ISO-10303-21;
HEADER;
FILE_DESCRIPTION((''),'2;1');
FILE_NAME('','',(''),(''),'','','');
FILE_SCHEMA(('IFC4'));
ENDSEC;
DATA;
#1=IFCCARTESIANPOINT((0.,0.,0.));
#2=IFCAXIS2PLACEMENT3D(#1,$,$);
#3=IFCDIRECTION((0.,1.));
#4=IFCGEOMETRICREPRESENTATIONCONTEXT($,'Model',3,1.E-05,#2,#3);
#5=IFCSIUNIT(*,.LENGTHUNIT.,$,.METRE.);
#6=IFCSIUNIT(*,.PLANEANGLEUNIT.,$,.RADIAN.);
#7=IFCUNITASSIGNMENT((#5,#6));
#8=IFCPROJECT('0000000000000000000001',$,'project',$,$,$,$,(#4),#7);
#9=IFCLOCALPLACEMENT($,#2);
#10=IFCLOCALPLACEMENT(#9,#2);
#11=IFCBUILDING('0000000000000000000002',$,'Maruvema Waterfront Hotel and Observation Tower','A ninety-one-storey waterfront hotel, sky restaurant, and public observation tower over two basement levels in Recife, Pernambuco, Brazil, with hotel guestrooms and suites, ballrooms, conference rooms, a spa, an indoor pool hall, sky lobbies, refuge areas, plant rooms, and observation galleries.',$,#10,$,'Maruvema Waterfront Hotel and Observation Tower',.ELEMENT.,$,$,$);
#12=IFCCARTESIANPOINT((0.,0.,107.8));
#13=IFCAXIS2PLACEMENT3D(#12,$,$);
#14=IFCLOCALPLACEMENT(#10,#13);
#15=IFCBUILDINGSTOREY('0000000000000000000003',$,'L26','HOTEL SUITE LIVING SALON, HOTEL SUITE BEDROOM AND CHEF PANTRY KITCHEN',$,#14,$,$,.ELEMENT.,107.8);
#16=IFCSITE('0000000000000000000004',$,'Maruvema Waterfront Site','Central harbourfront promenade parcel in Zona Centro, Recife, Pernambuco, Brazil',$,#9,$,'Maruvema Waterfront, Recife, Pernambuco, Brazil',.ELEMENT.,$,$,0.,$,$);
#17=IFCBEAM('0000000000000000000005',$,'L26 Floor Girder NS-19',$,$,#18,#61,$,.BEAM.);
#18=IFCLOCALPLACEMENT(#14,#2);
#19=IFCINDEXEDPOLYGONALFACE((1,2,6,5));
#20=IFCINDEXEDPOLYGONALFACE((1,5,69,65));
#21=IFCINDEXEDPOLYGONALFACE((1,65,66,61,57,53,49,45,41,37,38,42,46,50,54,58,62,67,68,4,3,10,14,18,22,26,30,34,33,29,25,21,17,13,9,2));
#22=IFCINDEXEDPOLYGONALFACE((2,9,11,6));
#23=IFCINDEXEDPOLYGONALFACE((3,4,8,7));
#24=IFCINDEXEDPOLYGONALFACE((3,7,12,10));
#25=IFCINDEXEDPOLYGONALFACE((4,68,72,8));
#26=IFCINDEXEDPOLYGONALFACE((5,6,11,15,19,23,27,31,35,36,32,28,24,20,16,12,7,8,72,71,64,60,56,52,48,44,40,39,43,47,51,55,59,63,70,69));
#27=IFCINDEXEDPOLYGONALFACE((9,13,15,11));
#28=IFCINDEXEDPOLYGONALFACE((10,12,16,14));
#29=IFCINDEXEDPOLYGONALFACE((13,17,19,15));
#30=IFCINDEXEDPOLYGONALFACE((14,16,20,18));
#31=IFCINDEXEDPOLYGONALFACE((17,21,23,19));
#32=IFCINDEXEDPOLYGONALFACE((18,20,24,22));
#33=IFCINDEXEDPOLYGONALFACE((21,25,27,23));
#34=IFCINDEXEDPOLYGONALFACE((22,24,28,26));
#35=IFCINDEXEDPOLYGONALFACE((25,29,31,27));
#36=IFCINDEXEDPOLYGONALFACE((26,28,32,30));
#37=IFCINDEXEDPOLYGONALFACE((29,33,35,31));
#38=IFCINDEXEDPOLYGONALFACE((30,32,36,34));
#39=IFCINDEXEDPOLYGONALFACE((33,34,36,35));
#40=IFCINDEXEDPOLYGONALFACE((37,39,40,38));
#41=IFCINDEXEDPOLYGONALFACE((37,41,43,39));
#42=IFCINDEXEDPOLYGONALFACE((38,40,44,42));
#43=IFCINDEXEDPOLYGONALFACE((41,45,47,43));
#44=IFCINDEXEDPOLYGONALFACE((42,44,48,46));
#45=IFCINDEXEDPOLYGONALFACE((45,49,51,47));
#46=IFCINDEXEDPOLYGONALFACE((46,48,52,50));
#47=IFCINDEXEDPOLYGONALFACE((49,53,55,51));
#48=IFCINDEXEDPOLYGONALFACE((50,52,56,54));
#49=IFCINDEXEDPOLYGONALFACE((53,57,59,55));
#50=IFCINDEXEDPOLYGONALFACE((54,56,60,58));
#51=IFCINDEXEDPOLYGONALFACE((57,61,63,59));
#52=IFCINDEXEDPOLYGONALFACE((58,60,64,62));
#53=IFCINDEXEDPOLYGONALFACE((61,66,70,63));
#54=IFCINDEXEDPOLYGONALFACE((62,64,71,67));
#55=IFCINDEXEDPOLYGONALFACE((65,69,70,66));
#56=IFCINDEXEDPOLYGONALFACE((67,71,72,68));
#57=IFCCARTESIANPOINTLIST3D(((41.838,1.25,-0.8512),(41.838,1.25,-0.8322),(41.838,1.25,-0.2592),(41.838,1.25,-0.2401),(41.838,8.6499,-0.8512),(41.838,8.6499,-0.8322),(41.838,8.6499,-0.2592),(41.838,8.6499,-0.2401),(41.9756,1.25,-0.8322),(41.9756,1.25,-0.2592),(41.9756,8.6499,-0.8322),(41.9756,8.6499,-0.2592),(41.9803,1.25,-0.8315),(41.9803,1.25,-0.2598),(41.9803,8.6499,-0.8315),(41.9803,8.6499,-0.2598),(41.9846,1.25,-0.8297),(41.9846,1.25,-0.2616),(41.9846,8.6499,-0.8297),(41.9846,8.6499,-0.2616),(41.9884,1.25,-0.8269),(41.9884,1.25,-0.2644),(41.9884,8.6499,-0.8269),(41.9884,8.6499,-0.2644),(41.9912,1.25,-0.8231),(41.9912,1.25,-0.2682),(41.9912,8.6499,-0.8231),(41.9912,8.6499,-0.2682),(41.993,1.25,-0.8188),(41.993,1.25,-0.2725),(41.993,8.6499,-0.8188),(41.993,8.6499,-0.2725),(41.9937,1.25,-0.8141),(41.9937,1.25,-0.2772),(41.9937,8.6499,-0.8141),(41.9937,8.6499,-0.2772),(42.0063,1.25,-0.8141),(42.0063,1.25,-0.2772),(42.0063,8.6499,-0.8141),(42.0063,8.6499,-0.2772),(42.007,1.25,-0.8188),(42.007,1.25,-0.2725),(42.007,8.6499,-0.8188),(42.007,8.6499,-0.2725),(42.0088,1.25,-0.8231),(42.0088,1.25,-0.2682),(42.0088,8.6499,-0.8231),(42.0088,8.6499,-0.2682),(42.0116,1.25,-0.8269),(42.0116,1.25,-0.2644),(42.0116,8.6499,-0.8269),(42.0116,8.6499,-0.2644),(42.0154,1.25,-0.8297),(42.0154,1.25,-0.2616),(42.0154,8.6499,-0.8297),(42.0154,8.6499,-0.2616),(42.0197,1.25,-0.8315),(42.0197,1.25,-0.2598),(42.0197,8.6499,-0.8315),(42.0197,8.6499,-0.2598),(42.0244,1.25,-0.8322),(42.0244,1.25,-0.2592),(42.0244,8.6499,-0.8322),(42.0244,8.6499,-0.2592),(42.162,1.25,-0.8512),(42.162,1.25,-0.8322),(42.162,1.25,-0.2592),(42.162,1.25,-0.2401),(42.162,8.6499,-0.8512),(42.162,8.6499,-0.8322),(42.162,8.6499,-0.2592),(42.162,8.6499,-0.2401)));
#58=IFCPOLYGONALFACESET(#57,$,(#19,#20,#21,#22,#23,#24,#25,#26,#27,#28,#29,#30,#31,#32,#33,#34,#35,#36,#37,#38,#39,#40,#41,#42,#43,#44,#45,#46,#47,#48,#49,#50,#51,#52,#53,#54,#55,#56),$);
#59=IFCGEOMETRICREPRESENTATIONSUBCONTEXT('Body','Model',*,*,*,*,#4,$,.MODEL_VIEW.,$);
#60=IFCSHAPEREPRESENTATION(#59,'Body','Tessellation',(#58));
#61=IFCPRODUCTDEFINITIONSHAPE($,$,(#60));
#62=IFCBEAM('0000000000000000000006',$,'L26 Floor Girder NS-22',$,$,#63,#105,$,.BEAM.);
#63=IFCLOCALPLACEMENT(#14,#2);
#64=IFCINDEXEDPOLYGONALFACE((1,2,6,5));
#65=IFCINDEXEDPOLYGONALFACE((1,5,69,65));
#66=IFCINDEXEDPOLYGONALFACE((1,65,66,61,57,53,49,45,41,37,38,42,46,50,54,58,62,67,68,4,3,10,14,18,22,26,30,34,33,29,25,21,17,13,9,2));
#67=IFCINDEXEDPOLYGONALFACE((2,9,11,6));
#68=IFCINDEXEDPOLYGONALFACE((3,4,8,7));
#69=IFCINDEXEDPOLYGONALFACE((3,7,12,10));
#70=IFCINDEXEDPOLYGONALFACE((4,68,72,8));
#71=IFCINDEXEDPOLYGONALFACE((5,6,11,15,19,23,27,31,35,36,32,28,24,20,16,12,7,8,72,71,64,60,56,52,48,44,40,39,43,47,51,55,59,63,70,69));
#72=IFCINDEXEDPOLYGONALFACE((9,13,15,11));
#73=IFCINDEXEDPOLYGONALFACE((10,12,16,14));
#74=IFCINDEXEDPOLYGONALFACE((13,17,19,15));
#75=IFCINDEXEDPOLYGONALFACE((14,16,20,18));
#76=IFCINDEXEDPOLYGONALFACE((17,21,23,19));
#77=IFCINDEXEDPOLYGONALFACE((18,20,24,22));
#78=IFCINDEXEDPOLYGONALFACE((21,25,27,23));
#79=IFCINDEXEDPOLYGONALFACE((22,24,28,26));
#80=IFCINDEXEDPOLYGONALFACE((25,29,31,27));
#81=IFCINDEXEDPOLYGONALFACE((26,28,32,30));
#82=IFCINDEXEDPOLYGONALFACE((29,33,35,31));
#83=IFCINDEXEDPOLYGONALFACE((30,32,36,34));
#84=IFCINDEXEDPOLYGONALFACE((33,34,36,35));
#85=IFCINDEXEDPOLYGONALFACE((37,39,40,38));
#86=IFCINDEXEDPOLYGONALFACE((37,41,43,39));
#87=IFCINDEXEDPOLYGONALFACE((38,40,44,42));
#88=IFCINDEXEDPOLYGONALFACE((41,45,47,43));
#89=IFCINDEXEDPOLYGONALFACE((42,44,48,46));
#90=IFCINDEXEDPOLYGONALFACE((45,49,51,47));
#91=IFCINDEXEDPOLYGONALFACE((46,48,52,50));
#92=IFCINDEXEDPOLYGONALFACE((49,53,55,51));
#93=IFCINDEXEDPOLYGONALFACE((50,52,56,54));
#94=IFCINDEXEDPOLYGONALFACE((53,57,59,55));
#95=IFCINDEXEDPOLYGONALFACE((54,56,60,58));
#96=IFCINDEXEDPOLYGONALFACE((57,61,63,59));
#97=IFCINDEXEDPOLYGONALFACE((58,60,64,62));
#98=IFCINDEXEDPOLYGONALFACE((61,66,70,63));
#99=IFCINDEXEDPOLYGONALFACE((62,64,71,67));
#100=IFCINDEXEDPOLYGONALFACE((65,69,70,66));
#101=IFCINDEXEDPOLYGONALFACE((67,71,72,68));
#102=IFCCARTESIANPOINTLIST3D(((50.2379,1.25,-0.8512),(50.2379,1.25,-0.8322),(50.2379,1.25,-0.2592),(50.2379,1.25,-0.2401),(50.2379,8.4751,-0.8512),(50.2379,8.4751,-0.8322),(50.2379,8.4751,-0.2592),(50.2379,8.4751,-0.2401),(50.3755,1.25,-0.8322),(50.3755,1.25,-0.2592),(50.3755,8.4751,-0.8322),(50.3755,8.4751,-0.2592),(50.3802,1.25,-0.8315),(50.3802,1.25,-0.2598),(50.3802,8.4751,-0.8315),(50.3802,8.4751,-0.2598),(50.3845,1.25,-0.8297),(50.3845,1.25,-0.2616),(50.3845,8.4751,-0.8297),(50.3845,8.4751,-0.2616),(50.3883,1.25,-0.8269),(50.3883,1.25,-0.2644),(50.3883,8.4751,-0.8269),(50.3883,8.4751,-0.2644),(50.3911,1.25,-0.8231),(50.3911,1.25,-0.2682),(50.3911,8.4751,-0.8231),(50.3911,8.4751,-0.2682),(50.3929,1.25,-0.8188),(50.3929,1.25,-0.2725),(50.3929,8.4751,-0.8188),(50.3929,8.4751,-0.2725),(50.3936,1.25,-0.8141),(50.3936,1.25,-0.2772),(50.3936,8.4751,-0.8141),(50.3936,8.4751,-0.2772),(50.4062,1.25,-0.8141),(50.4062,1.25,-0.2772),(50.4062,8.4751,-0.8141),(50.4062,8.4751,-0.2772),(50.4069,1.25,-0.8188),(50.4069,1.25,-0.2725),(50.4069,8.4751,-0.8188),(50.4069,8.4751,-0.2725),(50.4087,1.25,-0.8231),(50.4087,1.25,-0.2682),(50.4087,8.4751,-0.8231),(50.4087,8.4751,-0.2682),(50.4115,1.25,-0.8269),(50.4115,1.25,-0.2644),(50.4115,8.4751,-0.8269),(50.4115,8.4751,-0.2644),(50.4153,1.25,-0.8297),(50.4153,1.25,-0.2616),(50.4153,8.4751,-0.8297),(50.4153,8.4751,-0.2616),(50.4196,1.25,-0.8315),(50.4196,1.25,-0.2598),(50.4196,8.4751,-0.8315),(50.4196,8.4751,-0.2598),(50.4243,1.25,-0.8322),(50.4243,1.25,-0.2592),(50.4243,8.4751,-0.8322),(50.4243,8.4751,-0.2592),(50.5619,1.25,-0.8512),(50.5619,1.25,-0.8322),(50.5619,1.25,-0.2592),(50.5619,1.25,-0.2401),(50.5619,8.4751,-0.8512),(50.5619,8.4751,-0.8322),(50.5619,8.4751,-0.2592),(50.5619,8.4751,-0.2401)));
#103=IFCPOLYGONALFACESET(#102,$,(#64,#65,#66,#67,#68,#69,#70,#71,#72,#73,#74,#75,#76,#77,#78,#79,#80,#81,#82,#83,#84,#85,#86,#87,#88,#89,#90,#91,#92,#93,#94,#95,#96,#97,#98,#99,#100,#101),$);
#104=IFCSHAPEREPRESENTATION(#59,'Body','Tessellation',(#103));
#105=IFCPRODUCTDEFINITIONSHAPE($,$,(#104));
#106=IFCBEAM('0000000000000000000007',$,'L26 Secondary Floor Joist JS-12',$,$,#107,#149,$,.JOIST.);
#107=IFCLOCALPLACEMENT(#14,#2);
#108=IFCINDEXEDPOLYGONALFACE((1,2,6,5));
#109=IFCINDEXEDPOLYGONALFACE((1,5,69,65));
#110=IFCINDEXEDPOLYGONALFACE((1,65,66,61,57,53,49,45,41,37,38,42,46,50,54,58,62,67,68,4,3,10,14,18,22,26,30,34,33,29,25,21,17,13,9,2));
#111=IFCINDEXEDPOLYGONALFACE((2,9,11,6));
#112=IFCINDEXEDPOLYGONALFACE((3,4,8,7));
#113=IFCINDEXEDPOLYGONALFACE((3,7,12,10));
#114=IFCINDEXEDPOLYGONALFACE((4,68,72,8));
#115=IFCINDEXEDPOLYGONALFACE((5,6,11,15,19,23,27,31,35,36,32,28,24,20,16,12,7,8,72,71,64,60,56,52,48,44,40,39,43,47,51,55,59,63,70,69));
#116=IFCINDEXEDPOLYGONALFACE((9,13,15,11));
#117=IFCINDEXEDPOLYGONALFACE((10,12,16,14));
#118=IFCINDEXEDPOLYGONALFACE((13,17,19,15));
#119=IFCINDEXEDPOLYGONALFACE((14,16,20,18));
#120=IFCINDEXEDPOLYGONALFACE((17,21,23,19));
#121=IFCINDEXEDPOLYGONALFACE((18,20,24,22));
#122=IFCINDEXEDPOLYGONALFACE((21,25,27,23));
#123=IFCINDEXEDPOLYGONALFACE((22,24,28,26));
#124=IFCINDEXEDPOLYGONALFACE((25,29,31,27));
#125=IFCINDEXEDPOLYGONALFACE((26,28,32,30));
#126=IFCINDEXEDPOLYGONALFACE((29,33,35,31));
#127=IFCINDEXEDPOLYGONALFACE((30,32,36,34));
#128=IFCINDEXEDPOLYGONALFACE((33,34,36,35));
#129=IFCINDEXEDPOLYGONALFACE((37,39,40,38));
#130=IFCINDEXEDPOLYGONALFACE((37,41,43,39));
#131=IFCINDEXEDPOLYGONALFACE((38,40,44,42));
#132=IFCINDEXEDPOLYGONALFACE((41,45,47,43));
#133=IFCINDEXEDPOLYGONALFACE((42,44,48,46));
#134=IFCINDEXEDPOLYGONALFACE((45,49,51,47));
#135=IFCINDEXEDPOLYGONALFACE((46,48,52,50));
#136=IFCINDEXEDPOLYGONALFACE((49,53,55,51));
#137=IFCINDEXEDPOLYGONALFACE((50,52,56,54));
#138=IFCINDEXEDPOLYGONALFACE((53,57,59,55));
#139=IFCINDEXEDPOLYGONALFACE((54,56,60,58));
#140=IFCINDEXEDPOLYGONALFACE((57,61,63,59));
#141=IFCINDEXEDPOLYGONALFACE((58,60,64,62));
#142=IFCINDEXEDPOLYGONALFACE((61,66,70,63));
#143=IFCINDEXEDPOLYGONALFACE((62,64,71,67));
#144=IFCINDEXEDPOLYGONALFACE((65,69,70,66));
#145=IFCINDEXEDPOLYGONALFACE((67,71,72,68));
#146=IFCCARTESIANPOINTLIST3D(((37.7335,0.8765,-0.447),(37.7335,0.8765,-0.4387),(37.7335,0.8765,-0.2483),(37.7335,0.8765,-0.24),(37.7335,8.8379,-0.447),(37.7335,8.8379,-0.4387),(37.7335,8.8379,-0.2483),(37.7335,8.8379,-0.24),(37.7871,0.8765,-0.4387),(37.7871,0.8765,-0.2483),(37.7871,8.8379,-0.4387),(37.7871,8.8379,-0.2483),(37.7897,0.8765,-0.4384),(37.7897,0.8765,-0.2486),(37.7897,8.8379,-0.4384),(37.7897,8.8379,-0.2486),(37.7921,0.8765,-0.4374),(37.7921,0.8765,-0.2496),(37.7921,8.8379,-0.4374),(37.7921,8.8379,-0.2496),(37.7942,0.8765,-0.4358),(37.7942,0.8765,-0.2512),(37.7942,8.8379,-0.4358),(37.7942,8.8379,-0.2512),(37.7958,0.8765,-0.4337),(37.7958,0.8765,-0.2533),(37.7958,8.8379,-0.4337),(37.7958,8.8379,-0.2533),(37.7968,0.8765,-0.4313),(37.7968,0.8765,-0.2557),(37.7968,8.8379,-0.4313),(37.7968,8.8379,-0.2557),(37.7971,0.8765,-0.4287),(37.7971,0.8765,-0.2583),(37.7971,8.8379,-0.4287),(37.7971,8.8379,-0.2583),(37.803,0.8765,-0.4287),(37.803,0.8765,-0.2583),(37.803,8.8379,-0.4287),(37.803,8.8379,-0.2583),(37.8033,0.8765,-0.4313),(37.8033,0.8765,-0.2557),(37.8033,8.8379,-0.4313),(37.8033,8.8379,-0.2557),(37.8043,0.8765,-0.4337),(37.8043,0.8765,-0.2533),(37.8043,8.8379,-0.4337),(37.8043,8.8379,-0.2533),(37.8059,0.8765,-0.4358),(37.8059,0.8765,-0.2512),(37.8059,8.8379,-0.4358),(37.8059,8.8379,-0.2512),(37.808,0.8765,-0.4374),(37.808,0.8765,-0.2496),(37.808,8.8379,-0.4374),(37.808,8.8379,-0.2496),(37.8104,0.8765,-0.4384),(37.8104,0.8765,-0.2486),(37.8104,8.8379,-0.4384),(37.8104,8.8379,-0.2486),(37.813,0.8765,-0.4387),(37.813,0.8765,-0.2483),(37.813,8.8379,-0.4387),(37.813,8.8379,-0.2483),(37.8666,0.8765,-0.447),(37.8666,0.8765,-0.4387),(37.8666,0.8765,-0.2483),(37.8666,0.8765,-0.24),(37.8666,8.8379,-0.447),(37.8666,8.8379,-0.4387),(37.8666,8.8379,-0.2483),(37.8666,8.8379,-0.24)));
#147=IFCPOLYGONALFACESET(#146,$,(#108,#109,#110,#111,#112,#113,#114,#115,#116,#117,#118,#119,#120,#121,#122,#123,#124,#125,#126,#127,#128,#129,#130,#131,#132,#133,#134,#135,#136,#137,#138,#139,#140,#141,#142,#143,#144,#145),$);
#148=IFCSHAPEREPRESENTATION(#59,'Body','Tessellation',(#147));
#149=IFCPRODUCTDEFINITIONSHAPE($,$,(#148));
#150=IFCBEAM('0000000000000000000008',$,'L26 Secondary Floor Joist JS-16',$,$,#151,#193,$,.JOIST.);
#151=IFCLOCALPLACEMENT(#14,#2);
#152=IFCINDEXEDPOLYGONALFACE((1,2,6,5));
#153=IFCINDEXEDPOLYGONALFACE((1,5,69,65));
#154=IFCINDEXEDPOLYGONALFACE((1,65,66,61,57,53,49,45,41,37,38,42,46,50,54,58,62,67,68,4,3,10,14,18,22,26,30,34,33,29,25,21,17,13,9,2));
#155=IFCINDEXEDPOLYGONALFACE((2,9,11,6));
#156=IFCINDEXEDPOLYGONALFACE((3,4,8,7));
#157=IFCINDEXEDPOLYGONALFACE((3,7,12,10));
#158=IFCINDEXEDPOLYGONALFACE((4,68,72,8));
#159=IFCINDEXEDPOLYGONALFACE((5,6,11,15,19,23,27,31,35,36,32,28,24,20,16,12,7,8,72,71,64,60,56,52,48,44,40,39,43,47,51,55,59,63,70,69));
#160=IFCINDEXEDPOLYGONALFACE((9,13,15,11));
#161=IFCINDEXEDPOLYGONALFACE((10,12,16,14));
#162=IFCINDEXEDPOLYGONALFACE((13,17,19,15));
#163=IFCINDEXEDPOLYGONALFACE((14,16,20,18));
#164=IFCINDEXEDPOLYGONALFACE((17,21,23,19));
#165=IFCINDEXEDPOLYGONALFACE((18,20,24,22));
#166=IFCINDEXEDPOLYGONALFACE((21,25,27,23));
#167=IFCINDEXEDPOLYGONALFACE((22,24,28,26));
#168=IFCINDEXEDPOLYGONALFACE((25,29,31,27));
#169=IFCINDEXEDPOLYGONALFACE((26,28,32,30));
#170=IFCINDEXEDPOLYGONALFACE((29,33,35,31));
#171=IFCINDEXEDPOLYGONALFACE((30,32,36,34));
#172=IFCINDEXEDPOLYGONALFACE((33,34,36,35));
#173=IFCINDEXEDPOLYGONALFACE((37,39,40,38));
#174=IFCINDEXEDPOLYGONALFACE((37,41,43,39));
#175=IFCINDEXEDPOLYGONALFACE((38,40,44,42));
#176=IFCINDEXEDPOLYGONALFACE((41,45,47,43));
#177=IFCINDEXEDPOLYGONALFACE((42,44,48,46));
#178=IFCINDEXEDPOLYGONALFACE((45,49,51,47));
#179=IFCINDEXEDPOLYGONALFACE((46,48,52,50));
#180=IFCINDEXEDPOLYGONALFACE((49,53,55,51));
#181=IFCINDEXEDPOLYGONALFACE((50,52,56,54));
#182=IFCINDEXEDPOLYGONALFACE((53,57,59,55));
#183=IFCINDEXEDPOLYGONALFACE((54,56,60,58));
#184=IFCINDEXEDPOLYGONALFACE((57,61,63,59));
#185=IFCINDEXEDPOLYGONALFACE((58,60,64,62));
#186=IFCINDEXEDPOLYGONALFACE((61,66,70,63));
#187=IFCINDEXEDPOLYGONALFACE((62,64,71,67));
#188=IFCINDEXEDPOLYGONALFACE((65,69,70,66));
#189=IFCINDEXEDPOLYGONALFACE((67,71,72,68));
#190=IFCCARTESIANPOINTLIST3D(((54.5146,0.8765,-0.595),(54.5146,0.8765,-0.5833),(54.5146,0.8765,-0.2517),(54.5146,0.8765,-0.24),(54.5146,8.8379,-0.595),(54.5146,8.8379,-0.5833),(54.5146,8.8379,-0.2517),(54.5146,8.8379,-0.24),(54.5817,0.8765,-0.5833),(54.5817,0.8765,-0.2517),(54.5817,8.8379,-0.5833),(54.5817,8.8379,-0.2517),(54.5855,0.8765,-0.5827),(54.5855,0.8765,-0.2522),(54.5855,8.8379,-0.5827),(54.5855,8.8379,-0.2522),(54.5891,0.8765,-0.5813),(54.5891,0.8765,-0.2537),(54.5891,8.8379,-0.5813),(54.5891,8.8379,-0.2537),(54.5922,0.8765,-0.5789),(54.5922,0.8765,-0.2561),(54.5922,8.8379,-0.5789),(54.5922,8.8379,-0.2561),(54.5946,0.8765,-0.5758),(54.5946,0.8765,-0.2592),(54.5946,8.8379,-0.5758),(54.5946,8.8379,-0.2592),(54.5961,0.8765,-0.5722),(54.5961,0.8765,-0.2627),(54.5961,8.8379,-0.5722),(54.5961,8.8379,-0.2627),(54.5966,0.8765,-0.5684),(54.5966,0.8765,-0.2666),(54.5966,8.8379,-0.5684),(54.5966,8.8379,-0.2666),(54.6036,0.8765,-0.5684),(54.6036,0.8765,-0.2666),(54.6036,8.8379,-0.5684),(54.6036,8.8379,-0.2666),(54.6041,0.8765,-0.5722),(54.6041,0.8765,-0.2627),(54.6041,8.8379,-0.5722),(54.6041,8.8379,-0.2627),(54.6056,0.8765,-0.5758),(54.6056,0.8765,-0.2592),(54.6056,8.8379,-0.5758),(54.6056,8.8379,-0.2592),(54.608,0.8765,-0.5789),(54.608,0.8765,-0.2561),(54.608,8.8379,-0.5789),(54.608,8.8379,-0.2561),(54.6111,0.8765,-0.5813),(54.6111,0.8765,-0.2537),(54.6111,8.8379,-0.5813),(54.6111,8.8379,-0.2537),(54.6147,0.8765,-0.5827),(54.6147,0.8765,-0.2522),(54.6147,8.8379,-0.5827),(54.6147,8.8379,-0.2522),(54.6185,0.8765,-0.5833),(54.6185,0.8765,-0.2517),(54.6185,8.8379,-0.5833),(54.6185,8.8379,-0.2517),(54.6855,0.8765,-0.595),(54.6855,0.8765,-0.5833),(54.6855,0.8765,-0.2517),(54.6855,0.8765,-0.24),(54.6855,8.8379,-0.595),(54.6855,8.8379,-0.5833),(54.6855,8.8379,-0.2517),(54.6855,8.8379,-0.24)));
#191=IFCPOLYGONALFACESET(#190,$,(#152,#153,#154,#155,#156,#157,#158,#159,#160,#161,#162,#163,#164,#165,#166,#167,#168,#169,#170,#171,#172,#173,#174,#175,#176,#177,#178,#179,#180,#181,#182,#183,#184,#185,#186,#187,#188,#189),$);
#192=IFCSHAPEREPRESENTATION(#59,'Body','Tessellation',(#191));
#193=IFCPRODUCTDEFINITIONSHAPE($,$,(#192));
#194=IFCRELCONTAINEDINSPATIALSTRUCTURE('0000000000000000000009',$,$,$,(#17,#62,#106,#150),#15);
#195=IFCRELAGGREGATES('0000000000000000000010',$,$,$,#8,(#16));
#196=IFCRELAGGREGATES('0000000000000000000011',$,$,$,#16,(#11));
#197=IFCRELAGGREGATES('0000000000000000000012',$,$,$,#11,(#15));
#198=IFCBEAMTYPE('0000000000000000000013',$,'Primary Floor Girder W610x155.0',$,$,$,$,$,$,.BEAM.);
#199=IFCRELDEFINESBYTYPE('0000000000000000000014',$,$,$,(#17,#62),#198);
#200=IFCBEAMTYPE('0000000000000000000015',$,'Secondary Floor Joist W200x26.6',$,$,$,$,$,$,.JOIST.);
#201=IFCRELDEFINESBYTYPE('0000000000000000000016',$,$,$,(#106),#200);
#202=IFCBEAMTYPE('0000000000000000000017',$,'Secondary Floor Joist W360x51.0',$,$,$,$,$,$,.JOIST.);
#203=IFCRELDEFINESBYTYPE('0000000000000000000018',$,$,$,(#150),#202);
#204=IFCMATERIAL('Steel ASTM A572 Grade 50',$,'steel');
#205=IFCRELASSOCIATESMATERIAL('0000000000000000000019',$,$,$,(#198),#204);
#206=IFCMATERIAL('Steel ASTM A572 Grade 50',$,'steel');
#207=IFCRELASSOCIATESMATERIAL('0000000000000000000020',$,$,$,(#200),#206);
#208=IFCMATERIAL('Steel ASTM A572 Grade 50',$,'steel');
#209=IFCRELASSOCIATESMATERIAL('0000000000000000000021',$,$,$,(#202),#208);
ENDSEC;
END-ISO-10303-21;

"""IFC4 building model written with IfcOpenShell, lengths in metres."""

from ifc_helpers import new_model, si_unit, direction, frame, origin, origin_2d, place, context, subcontext, project, spatial, i_section, extrude, material, material_profile, profile_set, type_object, element, save


model = new_model("IFC4")

# Units and contexts
model_context = context("Model", 3, precision=1e-05, world=origin(), true_north=direction((0.0, 1.0)))
body_context = subcontext(model_context, "Body", "Model", "MODEL_VIEW")
ifc_project = project(units=[si_unit("LENGTHUNIT", "METRE"), si_unit("PLANEANGLEUNIT", "RADIAN")], contexts=[model_context])

# Site, building, storey
site_placement = place(None, origin())
site = spatial("IfcSite", under=ifc_project, at=site_placement, Name="Maruvema Waterfront Site", Description="Central harbourfront promenade parcel in Zona Centro, Recife, Pernambuco, Brazil", LongName="Maruvema Waterfront, Recife, Pernambuco, Brazil", CompositionType="ELEMENT", RefElevation=0.0)
building_placement = place(site_placement, origin())
building = spatial("IfcBuilding", under=site, at=building_placement, Name="Maruvema Waterfront Hotel and Observation Tower", Description="A ninety-one-storey waterfront hotel, sky restaurant, and public observation tower over two basement levels in Recife, Pernambuco, Brazil, with hotel guestrooms and suites, ballrooms, conference rooms, a spa, an indoor pool hall, sky lobbies, refuge areas, plant rooms, and observation galleries.", LongName="Maruvema Waterfront Hotel and Observation Tower", CompositionType="ELEMENT")
storey_placement = place(building_placement, frame((0.0, 0.0, 107.8)))
storey = spatial("IfcBuildingStorey", under=building, at=storey_placement, Name="L26", Description="HOTEL SUITE LIVING SALON, HOTEL SUITE BEDROOM AND CHEF PANTRY KITCHEN", CompositionType="ELEMENT", Elevation=107.8)

# Beams
ifc_material_1 = material(Name="Steel ASTM A572 Grade 50", Category="steel")
ifc_material_profile_1 = material_profile(ifc_material_1, i_section(OverallWidth=0.324, OverallDepth=0.6111, WebThickness=0.0127, FlangeThickness=0.019, FilletRadius=0.0181, at=origin_2d()), Name="W610x155.0")
ifc_profile_set_1 = profile_set([ifc_material_profile_1], Name="Steel ASTM A572 Grade 50")
beam_type_1 = type_object("IfcBeamType", Name="Primary Floor Girder W610x155.0", PredefinedType="BEAM", material=ifc_profile_set_1)
beam_1_placement = place(storey_placement, frame((42.0, 1.25, -0.5457), z_axis=(0.0, 1.0, 0.0), x_axis=(-1.0, 0.0, 0.0)))
element("IfcBeam", 1, at=beam_1_placement, inside=storey, type_object=beam_type_1, Name="L26 Floor Girder NS-19", PredefinedType="BEAM", context=body_context, shape_type="SweptSolid", body=[
    extrude(i_section(OverallWidth=0.324, OverallDepth=0.6111, WebThickness=0.0127, FlangeThickness=0.019, FilletRadius=0.0181, at=origin_2d()), origin(), (0.0, 0.0, 1.0), 7.3999),
])
beam_2_placement = place(storey_placement, frame((50.3999, 1.25, -0.5457), z_axis=(0.0, 1.0, 0.0), x_axis=(-1.0, 0.0, 0.0)))
element("IfcBeam", 2, at=beam_2_placement, inside=storey, type_object=beam_type_1, Name="L26 Floor Girder NS-22", PredefinedType="BEAM", context=body_context, shape_type="SweptSolid", body=[
    extrude(i_section(OverallWidth=0.324, OverallDepth=0.6111, WebThickness=0.0127, FlangeThickness=0.019, FilletRadius=0.0181, at=origin_2d()), origin(), (0.0, 0.0, 1.0), 7.2251),
])
ifc_material_2 = material(Name="Steel ASTM A572 Grade 50", Category="steel")
ifc_material_profile_2 = material_profile(ifc_material_2, i_section(OverallWidth=0.1331, OverallDepth=0.207, WebThickness=0.0059, FlangeThickness=0.0083, FilletRadius=0.01, at=origin_2d()), Name="W200x26.6")
ifc_profile_set_2 = profile_set([ifc_material_profile_2], Name="Steel ASTM A572 Grade 50")
beam_type_2 = type_object("IfcBeamType", Name="Secondary Floor Joist W200x26.6", PredefinedType="JOIST", material=ifc_profile_set_2)
beam_3_placement = place(storey_placement, frame((37.8, 0.8765, -0.3435), z_axis=(0.0, 1.0, 0.0), x_axis=(-1.0, 0.0, 0.0)))
element("IfcBeam", 3, at=beam_3_placement, inside=storey, type_object=beam_type_2, Name="L26 Secondary Floor Joist JS-12", PredefinedType="JOIST", context=body_context, shape_type="SweptSolid", body=[
    extrude(i_section(OverallWidth=0.1331, OverallDepth=0.207, WebThickness=0.0059, FlangeThickness=0.0083, FilletRadius=0.01, at=origin_2d()), origin(), (0.0, 0.0, 1.0), 7.9614),
])
ifc_material_3 = material(Name="Steel ASTM A572 Grade 50", Category="steel")
ifc_material_profile_3 = material_profile(ifc_material_3, i_section(OverallWidth=0.1709, OverallDepth=0.355, WebThickness=0.0071, FlangeThickness=0.0117, FilletRadius=0.0149, at=origin_2d()), Name="W360x51.0")
ifc_profile_set_3 = profile_set([ifc_material_profile_3], Name="Steel ASTM A572 Grade 50")
beam_type_3 = type_object("IfcBeamType", Name="Secondary Floor Joist W360x51.0", PredefinedType="JOIST", material=ifc_profile_set_3)
beam_4_placement = place(storey_placement, frame((54.6001, 0.8765, -0.4175), z_axis=(0.0, 1.0, 0.0), x_axis=(-1.0, 0.0, 0.0)))
element("IfcBeam", 4, at=beam_4_placement, inside=storey, type_object=beam_type_3, Name="L26 Secondary Floor Joist JS-16", PredefinedType="JOIST", context=body_context, shape_type="SweptSolid", body=[
    extrude(i_section(OverallWidth=0.1709, OverallDepth=0.355, WebThickness=0.0071, FlangeThickness=0.0117, FilletRadius=0.0149, at=origin_2d()), origin(), (0.0, 0.0, 1.0), 7.9614),
])

save(model, "model.ifc")
